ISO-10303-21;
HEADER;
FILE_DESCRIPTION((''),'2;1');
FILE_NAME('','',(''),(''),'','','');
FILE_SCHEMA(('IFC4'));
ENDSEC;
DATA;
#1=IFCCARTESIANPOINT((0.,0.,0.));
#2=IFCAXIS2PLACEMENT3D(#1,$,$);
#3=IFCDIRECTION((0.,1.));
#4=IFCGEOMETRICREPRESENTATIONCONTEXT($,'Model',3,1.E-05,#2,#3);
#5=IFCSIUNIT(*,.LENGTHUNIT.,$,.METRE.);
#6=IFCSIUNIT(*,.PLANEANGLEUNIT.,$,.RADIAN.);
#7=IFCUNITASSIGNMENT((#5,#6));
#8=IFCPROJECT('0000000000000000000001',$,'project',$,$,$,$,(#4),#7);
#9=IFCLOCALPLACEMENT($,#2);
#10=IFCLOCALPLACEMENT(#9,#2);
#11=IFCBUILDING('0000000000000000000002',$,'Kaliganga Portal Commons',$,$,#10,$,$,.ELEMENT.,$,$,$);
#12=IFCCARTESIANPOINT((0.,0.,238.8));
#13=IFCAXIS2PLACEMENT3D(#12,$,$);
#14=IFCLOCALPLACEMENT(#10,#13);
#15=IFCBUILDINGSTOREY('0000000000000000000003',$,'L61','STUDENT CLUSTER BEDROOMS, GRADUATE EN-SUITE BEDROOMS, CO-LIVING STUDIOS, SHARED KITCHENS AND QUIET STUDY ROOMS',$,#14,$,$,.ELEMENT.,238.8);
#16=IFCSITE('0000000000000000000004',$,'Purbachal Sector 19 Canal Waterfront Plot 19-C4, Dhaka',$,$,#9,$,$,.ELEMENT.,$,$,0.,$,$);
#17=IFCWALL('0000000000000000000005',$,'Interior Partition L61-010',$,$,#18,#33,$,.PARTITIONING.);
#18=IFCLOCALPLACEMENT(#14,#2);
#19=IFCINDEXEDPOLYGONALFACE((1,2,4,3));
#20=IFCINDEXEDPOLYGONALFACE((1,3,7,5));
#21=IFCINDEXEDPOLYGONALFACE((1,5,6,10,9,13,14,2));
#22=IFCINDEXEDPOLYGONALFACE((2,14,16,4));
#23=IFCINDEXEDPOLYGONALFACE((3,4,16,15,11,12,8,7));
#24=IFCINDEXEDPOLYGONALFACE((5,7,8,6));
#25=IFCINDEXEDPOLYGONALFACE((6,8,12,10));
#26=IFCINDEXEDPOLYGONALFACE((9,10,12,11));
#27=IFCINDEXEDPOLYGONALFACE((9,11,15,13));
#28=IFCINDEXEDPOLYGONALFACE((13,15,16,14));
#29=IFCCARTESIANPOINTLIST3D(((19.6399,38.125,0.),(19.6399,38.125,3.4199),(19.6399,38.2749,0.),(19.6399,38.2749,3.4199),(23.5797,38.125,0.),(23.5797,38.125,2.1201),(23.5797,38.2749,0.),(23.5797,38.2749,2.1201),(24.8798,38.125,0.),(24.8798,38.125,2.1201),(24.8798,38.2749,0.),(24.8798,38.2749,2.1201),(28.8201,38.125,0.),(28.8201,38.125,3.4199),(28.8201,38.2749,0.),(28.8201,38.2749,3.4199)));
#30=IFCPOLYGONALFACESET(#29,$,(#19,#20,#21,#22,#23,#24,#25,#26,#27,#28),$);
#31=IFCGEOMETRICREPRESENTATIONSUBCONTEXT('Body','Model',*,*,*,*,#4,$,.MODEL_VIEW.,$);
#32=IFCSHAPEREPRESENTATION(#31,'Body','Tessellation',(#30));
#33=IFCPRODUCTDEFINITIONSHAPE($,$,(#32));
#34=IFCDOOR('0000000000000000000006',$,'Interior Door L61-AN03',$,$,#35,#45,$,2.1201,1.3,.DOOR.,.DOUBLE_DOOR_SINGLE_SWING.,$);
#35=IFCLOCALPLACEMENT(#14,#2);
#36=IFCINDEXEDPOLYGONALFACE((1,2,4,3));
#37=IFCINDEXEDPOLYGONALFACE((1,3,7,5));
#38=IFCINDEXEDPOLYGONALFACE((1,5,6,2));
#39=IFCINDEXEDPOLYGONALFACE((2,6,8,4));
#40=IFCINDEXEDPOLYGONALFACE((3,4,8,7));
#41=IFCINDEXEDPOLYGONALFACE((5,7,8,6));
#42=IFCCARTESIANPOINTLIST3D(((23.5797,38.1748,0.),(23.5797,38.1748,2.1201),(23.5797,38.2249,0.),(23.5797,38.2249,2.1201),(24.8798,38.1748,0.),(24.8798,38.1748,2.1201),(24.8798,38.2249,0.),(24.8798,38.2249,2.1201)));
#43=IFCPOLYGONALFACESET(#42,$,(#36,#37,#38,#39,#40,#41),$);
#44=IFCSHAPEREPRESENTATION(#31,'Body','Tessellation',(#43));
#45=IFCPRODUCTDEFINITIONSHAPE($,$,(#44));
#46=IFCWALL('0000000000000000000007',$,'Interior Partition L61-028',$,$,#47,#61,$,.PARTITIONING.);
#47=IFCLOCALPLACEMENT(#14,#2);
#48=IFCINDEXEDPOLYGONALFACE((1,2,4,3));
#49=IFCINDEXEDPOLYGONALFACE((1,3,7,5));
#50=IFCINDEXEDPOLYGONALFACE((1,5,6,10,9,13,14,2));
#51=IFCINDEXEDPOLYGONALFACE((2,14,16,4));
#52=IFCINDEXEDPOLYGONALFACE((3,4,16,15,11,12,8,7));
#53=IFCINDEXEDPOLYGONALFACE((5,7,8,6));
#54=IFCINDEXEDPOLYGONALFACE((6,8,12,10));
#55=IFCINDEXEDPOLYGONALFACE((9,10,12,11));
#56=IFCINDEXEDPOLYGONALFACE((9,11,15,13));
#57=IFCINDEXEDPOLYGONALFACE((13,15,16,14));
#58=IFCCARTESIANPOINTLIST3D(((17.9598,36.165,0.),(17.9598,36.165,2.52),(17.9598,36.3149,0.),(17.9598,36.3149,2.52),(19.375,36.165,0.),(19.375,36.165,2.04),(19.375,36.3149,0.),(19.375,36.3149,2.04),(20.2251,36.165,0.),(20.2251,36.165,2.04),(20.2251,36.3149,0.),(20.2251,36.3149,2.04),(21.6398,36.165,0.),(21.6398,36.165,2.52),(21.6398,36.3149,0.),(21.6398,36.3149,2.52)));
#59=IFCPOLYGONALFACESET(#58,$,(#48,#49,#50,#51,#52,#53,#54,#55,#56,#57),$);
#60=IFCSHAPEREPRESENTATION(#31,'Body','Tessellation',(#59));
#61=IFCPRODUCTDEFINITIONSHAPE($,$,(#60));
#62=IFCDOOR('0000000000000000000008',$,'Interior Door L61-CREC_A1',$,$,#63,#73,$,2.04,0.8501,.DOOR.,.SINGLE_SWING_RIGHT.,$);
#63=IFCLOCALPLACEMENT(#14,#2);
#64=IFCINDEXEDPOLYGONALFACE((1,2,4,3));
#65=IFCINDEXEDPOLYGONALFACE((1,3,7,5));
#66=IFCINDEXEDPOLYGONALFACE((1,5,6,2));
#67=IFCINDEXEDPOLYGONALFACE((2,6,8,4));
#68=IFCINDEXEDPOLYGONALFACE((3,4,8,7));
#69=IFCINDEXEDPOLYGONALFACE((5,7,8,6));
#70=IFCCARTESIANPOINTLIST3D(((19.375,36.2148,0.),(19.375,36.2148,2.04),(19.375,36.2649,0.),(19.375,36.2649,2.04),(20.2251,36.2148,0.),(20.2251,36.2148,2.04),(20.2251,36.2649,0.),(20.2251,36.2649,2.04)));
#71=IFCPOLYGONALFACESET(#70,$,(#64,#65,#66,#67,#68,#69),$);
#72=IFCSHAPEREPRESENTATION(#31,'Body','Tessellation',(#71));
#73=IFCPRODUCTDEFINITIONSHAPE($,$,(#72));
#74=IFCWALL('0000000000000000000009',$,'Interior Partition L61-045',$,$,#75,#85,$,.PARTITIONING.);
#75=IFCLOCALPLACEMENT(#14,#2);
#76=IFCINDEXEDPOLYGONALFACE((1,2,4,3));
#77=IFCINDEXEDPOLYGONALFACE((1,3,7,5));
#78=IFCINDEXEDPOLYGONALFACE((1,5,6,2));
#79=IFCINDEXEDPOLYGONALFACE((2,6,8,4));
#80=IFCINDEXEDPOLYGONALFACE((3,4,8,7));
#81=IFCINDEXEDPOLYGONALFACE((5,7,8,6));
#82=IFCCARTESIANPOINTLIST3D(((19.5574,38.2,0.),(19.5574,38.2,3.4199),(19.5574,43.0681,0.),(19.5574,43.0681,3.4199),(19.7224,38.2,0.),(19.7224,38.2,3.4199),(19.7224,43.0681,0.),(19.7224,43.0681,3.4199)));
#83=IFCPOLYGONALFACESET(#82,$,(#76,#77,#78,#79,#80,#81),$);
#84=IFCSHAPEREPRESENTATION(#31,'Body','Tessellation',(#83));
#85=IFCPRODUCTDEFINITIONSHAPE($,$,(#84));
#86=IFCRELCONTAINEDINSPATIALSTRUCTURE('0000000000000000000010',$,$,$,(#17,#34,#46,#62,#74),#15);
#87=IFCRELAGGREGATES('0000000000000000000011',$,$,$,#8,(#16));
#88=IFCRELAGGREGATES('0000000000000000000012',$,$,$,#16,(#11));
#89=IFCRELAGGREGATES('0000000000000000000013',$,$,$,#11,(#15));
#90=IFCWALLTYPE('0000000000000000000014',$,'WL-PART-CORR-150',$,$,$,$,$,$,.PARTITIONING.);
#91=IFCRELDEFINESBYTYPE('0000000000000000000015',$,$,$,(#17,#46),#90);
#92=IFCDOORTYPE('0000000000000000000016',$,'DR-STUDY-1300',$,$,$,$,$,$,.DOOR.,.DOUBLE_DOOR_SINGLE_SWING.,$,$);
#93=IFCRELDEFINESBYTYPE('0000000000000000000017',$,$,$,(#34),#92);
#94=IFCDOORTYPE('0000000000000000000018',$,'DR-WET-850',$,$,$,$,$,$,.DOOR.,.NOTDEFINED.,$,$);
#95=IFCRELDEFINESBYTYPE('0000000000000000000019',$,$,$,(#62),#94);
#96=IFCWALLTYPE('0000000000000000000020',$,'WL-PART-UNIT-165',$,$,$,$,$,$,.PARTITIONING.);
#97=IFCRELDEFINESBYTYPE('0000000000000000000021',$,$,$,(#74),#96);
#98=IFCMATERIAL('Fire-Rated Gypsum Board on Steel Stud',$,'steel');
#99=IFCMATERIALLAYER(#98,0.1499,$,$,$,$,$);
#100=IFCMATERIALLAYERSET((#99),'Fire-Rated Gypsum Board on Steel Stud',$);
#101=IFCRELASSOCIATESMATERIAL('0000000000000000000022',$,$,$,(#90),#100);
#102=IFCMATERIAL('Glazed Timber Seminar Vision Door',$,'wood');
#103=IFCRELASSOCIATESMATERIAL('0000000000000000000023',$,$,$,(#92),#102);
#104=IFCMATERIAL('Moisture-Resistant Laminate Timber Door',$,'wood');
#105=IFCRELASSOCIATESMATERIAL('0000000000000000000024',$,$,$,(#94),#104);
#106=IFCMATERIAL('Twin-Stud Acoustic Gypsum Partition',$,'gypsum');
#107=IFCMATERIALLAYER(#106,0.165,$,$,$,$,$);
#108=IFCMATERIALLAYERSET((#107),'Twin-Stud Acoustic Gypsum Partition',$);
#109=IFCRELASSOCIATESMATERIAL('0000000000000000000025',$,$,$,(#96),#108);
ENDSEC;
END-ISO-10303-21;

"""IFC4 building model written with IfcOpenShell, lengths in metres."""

from ifc_helpers import new_model, si_unit, direction, frame, frame_2d, origin, place, context, subcontext, project, spatial, rectangle, extrude, material, layer, layer_set, type_object, element, fill, save


model = new_model("IFC4")

# Units and contexts
model_context = context("Model", 3, precision=1e-05, world=origin(), true_north=direction((0.0, 1.0)))
body_context = subcontext(model_context, "Body", "Model", "MODEL_VIEW")
ifc_project = project(units=[si_unit("LENGTHUNIT", "METRE"), si_unit("PLANEANGLEUNIT", "RADIAN")], contexts=[model_context])

# Site, building, storey
site_placement = place(None, origin())
site = spatial("IfcSite", under=ifc_project, at=site_placement, Name="Purbachal Sector 19 Canal Waterfront Plot 19-C4, Dhaka", CompositionType="ELEMENT", RefElevation=0.0)
building_placement = place(site_placement, origin())
building = spatial("IfcBuilding", under=site, at=building_placement, Name="Kaliganga Portal Commons", CompositionType="ELEMENT")
storey_placement = place(building_placement, frame((0.0, 0.0, 238.8)))
storey = spatial("IfcBuildingStorey", under=building, at=storey_placement, Name="L61", Description="STUDENT CLUSTER BEDROOMS, GRADUATE EN-SUITE BEDROOMS, CO-LIVING STUDIOS, SHARED KITCHENS AND QUIET STUDY ROOMS", CompositionType="ELEMENT", Elevation=238.8)

# Walls, openings, doors
ifc_material_1 = material(Name="Fire-Rated Gypsum Board on Steel Stud", Category="steel")
ifc_layer_1 = layer(ifc_material_1, 0.1499)
ifc_layer_set_1 = layer_set([ifc_layer_1], Name="Fire-Rated Gypsum Board on Steel Stud")
wall_type_1 = type_object("IfcWallType", Name="WL-PART-CORR-150", PredefinedType="PARTITIONING", material=ifc_layer_set_1)
wall_1_placement = place(storey_placement, frame((19.6399, 38.2, 0.0), z_axis=(0.0, 0.0, 1.0), x_axis=(1.0, 0.0, 0.0)))
wall_1 = element("IfcWall", 1, at=wall_1_placement, inside=storey, type_object=wall_type_1, Name="Interior Partition L61-010", PredefinedType="PARTITIONING", context=body_context, shape_type="SweptSolid", body=[
    extrude(rectangle(XDim=9.1802, YDim=0.1499, at=frame_2d((4.5901, 0.0))), origin(), (0.0, 0.0, 1.0), 3.4199),
])
opening_1_placement = place(wall_1_placement, frame((3.9399, 0.0, 0.0)))
opening_1 = element("IfcOpeningElement", 2, at=opening_1_placement, cuts=wall_1, PredefinedType="OPENING", context=body_context, shape_type="SweptSolid", body=[
    extrude(rectangle(XDim=1.3, YDim=2.1201, at=frame_2d((0.6499, 1.0601))), frame((0.0, 0.085, 0.0), z_axis=(0.0, -1.0, 0.0), x_axis=(1.0, 0.0, 0.0)), (0.0, 0.0, 1.0), 0.1699),
])
ifc_material_2 = material(Name="Glazed Timber Seminar Vision Door", Category="wood")
door_type_1 = type_object("IfcDoorType", Name="DR-STUDY-1300", OperationType="DOUBLE_DOOR_SINGLE_SWING", PredefinedType="DOOR", material=ifc_material_2)
door_1_placement = place(opening_1_placement, origin())
door_1 = element("IfcDoor", 3, at=door_1_placement, inside=storey, type_object=door_type_1, Name="Interior Door L61-AN03", OperationType="DOUBLE_DOOR_SINGLE_SWING", OverallHeight=2.1201, OverallWidth=1.3, PredefinedType="DOOR", context=body_context, shape_type="SweptSolid", body=[
    extrude(rectangle(XDim=1.3, YDim=2.1201, at=frame_2d((0.6499, 1.0601))), frame((0.0, 0.0249, 0.0), z_axis=(0.0, -1.0, 0.0), x_axis=(1.0, 0.0, 0.0)), (0.0, 0.0, 1.0), 0.05),
])
fill(opening_1, door_1)
wall_2_placement = place(storey_placement, frame((17.96, 36.24, 0.0), z_axis=(0.0, 0.0, 1.0), x_axis=(1.0, 0.0, 0.0)))
wall_2 = element("IfcWall", 4, at=wall_2_placement, inside=storey, type_object=wall_type_1, Name="Interior Partition L61-028", PredefinedType="PARTITIONING", context=body_context, shape_type="SweptSolid", body=[
    extrude(rectangle(XDim=3.6799, YDim=0.1499, at=frame_2d((1.8398, 0.0))), origin(), (0.0, 0.0, 1.0), 2.52),
])
opening_2_placement = place(wall_2_placement, frame((1.415, 0.0, 0.0)))
opening_2 = element("IfcOpeningElement", 5, at=opening_2_placement, cuts=wall_2, PredefinedType="OPENING", context=body_context, shape_type="SweptSolid", body=[
    extrude(rectangle(XDim=0.8501, YDim=2.04, at=frame_2d((0.425, 1.02))), frame((0.0, 0.085, 0.0), z_axis=(0.0, -1.0, 0.0), x_axis=(1.0, 0.0, 0.0)), (0.0, 0.0, 1.0), 0.1699),
])
ifc_material_3 = material(Name="Moisture-Resistant Laminate Timber Door", Category="wood")
door_type_2 = type_object("IfcDoorType", Name="DR-WET-850", OperationType="NOTDEFINED", PredefinedType="DOOR", material=ifc_material_3)
door_2_placement = place(opening_2_placement, origin())
door_2 = element("IfcDoor", 6, at=door_2_placement, inside=storey, type_object=door_type_2, Name="Interior Door L61-CREC_A1", OperationType="SINGLE_SWING_RIGHT", OverallHeight=2.04, OverallWidth=0.8501, PredefinedType="DOOR", context=body_context, shape_type="SweptSolid", body=[
    extrude(rectangle(XDim=0.8501, YDim=2.04, at=frame_2d((0.425, 1.02))), frame((0.0, 0.0249, 0.0), z_axis=(0.0, -1.0, 0.0), x_axis=(1.0, 0.0, 0.0)), (0.0, 0.0, 1.0), 0.05),
])
fill(opening_2, door_2)

# Wall
ifc_material_4 = material(Name="Twin-Stud Acoustic Gypsum Partition", Category="gypsum")
ifc_layer_2 = layer(ifc_material_4, 0.165)
ifc_layer_set_2 = layer_set([ifc_layer_2], Name="Twin-Stud Acoustic Gypsum Partition")
wall_type_2 = type_object("IfcWallType", Name="WL-PART-UNIT-165", PredefinedType="PARTITIONING", material=ifc_layer_set_2)
wall_3_placement = place(storey_placement, frame((19.6399, 38.2, 0.0), z_axis=(0.0, 0.0, 1.0), x_axis=(0.0, 1.0, 0.0)))
element("IfcWall", 7, at=wall_3_placement, inside=storey, type_object=wall_type_2, Name="Interior Partition L61-045", PredefinedType="PARTITIONING", context=body_context, shape_type="SweptSolid", body=[
    extrude(rectangle(XDim=4.8682, YDim=0.165, at=frame_2d((2.4341, 0.0))), origin(), (0.0, 0.0, 1.0), 3.4199),
])

save(model, "model.ifc")
